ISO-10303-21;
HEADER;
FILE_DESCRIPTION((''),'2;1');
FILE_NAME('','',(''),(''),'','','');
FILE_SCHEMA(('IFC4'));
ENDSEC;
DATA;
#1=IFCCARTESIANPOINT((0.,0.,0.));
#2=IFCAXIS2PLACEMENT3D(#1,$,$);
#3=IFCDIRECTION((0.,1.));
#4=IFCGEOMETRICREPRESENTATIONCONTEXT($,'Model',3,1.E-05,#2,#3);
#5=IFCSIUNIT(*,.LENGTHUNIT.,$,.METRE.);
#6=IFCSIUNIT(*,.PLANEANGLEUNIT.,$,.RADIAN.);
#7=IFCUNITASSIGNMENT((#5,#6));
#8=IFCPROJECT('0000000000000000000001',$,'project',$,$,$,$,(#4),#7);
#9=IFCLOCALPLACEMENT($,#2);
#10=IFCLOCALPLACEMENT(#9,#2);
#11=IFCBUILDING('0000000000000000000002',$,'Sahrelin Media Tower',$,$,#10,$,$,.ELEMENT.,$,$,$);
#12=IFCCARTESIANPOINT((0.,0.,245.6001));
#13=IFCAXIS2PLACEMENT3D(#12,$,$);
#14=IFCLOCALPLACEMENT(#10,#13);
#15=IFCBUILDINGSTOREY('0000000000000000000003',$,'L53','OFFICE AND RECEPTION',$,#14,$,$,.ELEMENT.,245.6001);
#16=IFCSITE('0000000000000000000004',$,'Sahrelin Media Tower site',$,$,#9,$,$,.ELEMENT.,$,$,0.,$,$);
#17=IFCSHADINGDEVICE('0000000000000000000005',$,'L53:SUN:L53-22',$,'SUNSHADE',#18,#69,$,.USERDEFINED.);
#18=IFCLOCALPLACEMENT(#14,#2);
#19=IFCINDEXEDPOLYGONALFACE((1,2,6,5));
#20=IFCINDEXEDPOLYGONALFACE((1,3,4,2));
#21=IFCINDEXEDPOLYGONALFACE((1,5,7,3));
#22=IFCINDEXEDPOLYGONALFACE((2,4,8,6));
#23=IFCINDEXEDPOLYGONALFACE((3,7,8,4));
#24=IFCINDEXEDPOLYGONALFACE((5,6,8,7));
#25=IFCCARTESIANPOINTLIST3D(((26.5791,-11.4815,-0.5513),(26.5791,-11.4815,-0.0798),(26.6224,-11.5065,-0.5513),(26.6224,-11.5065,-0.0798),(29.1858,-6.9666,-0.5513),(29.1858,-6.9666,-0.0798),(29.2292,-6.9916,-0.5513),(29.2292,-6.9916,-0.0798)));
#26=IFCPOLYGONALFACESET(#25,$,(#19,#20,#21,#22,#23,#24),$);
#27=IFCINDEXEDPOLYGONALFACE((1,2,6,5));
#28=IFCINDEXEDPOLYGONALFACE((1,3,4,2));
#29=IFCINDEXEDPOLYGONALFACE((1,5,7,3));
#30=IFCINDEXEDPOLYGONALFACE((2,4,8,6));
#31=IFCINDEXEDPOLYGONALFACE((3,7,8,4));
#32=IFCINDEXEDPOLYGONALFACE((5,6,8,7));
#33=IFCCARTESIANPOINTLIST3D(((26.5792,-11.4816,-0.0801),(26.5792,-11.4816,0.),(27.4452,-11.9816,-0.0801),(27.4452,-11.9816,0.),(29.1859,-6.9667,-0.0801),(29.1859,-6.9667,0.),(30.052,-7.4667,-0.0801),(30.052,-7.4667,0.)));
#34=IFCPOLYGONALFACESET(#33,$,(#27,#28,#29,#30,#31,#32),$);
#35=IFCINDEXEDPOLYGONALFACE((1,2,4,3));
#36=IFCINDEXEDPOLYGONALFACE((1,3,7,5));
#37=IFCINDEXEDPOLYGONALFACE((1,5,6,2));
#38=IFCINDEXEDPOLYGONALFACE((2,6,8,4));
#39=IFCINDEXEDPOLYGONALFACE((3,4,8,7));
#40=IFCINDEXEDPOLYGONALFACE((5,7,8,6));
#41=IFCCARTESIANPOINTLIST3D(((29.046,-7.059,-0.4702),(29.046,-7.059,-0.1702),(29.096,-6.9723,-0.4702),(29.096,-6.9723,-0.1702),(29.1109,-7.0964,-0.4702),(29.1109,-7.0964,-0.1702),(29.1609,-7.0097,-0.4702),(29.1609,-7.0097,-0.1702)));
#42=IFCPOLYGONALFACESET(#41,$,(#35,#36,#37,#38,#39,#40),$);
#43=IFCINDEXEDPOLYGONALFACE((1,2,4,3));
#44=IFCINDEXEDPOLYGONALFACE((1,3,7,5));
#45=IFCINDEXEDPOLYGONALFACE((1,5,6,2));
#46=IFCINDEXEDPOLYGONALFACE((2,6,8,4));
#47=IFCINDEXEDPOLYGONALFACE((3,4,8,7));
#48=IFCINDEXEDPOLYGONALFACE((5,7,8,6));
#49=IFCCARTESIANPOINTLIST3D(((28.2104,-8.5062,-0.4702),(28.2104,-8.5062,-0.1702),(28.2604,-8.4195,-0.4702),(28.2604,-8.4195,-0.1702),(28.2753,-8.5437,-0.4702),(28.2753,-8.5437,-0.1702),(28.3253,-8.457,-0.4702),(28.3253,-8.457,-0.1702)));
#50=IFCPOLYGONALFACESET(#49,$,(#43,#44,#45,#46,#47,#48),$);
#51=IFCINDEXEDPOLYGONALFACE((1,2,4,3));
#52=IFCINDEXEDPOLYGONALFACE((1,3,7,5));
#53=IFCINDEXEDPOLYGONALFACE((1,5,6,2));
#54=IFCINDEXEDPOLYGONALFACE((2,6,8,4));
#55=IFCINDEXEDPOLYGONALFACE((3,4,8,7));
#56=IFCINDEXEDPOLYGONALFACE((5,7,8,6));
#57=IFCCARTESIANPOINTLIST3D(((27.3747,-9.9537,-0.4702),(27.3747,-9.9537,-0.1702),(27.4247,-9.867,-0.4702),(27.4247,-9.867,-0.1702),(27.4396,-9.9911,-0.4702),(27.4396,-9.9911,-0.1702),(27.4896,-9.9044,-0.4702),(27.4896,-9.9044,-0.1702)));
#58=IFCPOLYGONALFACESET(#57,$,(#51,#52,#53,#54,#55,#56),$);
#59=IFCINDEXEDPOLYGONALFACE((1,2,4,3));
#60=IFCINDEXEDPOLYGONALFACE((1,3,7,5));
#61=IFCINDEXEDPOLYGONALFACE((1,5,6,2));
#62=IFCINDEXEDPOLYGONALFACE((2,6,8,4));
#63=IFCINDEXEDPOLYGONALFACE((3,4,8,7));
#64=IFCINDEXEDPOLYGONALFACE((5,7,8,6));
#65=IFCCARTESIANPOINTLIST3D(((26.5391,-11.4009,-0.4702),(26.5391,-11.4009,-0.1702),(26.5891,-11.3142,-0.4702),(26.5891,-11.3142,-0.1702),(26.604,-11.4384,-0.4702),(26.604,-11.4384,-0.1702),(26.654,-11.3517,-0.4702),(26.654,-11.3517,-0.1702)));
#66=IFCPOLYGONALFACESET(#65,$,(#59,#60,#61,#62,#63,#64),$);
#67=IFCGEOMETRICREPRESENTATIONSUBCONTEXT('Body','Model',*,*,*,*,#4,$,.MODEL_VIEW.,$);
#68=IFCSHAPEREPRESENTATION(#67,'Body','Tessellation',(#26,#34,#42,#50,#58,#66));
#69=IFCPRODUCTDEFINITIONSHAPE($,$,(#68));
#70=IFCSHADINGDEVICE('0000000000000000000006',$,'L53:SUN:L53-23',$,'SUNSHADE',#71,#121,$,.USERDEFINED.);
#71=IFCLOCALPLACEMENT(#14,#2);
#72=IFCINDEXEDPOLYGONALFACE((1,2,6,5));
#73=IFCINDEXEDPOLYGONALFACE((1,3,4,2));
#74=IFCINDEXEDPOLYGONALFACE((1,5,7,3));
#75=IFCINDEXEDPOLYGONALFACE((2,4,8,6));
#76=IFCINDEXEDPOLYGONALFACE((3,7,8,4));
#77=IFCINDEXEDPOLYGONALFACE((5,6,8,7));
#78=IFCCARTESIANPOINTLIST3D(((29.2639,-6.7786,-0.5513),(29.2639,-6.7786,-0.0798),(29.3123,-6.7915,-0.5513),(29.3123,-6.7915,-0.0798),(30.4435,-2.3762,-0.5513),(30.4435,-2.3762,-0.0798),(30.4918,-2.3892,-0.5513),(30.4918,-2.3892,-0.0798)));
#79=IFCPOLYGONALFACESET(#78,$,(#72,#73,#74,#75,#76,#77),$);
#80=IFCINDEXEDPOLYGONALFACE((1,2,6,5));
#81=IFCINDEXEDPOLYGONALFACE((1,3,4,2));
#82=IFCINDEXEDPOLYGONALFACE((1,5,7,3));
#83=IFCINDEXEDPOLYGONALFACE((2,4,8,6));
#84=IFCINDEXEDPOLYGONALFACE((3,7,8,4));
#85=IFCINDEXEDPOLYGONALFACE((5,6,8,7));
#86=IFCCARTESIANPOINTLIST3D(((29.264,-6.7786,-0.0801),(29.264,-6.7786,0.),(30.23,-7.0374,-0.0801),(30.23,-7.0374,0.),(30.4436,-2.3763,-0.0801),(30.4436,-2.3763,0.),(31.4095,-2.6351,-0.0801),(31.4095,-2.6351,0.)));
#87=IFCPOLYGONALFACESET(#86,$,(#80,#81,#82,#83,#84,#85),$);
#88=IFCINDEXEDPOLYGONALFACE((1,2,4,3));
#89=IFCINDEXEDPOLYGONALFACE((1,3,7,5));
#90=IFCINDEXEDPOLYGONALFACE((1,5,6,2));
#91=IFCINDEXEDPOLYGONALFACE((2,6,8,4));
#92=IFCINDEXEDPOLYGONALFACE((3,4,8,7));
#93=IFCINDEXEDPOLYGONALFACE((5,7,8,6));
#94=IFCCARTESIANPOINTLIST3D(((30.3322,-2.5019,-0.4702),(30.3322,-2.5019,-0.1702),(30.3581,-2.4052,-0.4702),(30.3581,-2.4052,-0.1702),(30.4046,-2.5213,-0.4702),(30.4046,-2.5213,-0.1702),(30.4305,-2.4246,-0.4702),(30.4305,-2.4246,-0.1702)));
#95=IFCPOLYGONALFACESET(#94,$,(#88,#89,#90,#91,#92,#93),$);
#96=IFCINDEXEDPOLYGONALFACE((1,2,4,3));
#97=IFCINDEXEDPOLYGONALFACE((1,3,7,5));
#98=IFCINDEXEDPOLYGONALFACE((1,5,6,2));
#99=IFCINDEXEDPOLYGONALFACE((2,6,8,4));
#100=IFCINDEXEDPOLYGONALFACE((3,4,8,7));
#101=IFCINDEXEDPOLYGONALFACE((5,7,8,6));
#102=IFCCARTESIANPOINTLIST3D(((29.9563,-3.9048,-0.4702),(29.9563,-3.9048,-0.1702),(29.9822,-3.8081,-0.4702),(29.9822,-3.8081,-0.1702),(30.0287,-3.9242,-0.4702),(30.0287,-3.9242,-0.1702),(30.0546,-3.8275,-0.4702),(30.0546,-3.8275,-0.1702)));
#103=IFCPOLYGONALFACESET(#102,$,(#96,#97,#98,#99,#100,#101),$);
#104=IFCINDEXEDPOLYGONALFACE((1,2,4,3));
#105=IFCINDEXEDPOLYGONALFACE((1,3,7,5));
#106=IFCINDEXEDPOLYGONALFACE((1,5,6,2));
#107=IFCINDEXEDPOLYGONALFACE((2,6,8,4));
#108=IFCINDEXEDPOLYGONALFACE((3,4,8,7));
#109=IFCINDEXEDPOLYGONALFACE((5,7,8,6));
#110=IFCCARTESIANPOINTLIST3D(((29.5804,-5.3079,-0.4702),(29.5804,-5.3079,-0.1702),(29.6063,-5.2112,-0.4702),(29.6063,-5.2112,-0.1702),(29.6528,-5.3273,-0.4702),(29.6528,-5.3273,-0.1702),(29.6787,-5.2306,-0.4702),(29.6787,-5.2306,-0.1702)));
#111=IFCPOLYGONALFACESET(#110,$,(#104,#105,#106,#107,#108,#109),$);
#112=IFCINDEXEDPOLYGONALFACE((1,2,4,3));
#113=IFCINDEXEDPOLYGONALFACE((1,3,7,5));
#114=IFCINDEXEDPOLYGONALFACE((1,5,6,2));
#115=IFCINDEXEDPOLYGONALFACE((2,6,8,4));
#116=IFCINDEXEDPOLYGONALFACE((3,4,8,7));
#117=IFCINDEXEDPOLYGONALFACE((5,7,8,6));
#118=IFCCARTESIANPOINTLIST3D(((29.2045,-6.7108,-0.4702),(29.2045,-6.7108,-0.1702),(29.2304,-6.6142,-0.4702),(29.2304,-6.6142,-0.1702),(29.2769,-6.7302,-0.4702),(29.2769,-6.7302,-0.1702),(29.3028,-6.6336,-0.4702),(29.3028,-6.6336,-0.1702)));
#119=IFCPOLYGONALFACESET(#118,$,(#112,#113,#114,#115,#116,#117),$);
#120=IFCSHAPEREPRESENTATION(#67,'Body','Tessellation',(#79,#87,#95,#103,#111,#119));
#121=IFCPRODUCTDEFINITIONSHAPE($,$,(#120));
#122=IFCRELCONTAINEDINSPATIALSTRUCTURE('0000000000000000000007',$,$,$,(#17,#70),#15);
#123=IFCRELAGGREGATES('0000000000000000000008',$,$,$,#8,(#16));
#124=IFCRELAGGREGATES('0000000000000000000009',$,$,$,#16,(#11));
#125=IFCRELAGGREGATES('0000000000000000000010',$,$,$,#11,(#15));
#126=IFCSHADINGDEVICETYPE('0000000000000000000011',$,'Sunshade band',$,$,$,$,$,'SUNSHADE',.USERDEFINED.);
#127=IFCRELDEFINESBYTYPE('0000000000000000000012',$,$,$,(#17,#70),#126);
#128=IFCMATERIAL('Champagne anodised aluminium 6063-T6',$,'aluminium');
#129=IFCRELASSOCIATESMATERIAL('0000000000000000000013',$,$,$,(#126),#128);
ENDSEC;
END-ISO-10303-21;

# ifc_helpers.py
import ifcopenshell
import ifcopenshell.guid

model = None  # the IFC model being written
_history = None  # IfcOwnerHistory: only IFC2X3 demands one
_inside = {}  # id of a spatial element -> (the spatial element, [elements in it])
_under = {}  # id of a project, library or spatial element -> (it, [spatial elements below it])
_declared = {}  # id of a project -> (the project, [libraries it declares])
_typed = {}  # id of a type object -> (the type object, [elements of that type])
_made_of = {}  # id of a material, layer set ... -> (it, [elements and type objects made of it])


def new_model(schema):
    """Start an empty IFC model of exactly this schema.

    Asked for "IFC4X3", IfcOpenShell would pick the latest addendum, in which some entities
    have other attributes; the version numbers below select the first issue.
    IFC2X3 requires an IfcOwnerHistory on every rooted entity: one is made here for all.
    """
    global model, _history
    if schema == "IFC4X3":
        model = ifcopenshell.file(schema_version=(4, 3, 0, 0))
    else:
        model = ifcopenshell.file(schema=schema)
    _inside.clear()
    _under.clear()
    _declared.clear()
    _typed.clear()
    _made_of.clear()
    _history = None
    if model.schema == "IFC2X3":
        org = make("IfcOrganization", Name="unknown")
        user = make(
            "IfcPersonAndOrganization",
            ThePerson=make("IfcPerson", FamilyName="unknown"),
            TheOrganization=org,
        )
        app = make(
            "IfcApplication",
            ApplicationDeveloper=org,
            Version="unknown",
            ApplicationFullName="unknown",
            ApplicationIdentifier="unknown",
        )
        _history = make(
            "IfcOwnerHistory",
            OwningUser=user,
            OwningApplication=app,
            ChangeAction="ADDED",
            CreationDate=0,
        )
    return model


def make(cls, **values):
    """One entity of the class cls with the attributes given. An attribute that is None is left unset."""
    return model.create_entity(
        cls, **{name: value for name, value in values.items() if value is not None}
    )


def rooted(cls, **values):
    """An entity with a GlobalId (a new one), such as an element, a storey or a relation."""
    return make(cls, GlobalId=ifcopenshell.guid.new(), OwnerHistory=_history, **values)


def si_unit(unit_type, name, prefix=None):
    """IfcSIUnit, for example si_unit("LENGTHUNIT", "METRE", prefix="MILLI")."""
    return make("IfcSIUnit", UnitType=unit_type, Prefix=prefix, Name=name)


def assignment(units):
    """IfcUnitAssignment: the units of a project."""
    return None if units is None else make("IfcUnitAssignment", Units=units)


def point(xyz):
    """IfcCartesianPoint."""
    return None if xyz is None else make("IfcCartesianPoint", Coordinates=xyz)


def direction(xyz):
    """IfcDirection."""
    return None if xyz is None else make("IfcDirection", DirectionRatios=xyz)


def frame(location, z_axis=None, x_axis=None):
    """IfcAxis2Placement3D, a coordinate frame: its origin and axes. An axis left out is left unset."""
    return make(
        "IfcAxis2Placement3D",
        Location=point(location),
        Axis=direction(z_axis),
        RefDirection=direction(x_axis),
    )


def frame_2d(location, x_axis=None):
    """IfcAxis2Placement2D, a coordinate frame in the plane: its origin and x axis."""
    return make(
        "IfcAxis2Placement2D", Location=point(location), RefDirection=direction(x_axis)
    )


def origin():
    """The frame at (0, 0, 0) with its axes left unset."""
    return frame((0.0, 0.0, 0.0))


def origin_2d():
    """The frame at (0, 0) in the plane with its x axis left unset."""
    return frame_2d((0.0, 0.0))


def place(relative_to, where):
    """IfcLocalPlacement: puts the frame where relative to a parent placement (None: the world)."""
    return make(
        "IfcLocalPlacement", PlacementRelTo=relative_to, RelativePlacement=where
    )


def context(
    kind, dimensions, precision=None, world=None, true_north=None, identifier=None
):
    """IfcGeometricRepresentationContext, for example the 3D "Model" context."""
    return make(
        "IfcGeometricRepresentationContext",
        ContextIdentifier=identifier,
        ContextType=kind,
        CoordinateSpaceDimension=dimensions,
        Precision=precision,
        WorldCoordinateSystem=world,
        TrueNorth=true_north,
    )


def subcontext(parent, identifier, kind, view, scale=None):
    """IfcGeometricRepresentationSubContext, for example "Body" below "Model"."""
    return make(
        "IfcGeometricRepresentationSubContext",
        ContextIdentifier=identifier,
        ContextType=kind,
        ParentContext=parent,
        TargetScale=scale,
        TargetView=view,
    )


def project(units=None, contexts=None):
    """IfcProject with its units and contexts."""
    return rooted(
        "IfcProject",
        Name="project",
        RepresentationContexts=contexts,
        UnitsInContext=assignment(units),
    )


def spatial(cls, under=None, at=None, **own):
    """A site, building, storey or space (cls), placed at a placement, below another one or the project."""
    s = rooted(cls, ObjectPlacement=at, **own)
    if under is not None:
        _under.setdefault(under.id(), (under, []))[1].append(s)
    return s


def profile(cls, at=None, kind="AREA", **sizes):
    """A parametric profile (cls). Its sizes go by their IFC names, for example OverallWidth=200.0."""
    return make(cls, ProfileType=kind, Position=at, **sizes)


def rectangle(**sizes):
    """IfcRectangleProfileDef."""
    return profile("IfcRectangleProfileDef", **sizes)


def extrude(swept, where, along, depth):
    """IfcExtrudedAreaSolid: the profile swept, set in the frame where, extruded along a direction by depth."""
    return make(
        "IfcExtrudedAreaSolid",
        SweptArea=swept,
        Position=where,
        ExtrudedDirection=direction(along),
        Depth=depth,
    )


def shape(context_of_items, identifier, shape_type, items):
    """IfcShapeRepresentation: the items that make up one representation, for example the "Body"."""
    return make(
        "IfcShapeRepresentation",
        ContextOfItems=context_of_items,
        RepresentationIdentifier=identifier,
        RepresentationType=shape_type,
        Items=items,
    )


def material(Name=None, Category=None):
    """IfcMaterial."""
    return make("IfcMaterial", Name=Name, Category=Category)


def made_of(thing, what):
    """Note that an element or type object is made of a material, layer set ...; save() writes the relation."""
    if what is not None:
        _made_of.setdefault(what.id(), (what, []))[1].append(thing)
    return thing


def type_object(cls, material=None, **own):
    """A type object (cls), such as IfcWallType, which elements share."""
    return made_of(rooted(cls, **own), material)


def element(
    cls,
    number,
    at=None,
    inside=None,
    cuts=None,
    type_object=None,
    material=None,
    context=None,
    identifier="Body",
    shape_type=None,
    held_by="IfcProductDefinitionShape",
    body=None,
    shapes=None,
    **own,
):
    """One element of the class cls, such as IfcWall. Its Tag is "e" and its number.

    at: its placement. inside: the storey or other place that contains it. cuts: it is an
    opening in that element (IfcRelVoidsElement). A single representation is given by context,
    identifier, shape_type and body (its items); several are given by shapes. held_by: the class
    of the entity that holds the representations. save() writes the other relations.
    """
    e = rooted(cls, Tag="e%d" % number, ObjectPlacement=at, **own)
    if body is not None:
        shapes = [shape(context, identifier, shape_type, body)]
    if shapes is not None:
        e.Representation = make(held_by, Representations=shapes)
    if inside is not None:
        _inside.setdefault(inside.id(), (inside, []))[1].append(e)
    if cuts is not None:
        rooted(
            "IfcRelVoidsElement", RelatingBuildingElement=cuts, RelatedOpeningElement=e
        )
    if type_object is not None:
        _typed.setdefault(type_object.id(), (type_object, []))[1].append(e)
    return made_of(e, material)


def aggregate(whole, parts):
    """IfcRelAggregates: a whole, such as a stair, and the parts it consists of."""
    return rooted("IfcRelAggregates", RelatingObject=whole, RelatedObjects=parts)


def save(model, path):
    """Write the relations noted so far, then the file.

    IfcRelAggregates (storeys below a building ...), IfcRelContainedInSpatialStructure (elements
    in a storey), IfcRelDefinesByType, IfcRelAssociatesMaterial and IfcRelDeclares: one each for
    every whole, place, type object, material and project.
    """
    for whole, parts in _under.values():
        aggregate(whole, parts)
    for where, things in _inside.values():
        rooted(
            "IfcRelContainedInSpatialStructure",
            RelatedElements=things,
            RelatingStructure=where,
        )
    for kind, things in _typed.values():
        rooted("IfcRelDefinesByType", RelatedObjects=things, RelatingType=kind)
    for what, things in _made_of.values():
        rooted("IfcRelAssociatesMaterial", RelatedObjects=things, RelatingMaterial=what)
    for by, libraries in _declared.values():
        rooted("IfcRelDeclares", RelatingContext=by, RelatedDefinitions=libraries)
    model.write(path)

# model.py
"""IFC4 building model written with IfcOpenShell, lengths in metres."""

from ifc_helpers import new_model, si_unit, direction, frame, origin, origin_2d, place, context, subcontext, project, spatial, rectangle, extrude, material, type_object, element, save


model = new_model("IFC4")

# Units and contexts
model_context = context("Model", 3, precision=1e-05, world=origin(), true_north=direction((0.0, 1.0)))
body_context = subcontext(model_context, "Body", "Model", "MODEL_VIEW")
ifc_project = project(units=[si_unit("LENGTHUNIT", "METRE"), si_unit("PLANEANGLEUNIT", "RADIAN")], contexts=[model_context])

# Site, building, storey
site_placement = place(None, origin())
site = spatial("IfcSite", under=ifc_project, at=site_placement, Name="Sahrelin Media Tower site", CompositionType="ELEMENT", RefElevation=0.0)
building_placement = place(site_placement, origin())
building = spatial("IfcBuilding", under=site, at=building_placement, Name="Sahrelin Media Tower", CompositionType="ELEMENT")
storey_placement = place(building_placement, frame((0.0, 0.0, 245.6001)))
storey = spatial("IfcBuildingStorey", under=building, at=storey_placement, Name="L53", Description="OFFICE AND RECEPTION", CompositionType="ELEMENT", Elevation=245.6001)

# Shared definitions
ifc_material_1 = material(Name="Champagne anodised aluminium 6063-T6", Category="aluminium")

# Shading devices
placement_1 = place(storey_placement, frame((27.8652, -9.2141, 0.0), z_axis=(0.0, 0.0, 1.0), x_axis=(-0.500011, -0.866019, 0.0)))
placement_2 = place(storey_placement, frame((29.8345, -4.5723, 0.0), z_axis=(0.0, 0.0, 1.0), x_axis=(-0.258808, -0.965929, 0.0)))
shading_device_type_1 = type_object("IfcShadingDeviceType", Name="Sunshade band", ElementType="SUNSHADE", PredefinedType="USERDEFINED", material=ifc_material_1)
element("IfcShadingDevice", 1, at=placement_1, inside=storey, type_object=shading_device_type_1, Name="L53:SUN:L53-22", ObjectType="SUNSHADE", PredefinedType="USERDEFINED", context=body_context, shape_type="SweptSolid", body=[
    extrude(rectangle(XDim=5.2134, YDim=0.05, at=origin_2d()), frame((0.0, 0.0449, -0.5513)), (0.0, 0.0, 1.0), 0.4714),
    extrude(rectangle(XDim=5.2134, YDim=1.0, at=origin_2d()), frame((0.0, 0.52, -0.0801)), (0.0, 0.0, 1.0), 0.0801),
    extrude(rectangle(XDim=0.1001, YDim=0.075, at=origin_2d()), frame((-2.5068, -0.0176, -0.4702)), (0.0, 0.0, 1.0), 0.3),
    extrude(rectangle(XDim=0.1001, YDim=0.075, at=origin_2d()), frame((-0.8357, -0.0176, -0.4702)), (0.0, 0.0, 1.0), 0.3),
    extrude(rectangle(XDim=0.1001, YDim=0.075, at=origin_2d()), frame((0.8357, -0.0176, -0.4702)), (0.0, 0.0, 1.0), 0.3),
    extrude(rectangle(XDim=0.1001, YDim=0.075, at=origin_2d()), frame((2.5068, -0.0176, -0.4702)), (0.0, 0.0, 1.0), 0.3),
])
element("IfcShadingDevice", 2, at=placement_2, inside=storey, type_object=shading_device_type_1, Name="L53:SUN:L53-23", ObjectType="SUNSHADE", PredefinedType="USERDEFINED", context=body_context, shape_type="SweptSolid", body=[
    extrude(rectangle(XDim=4.5576, YDim=0.05, at=origin_2d()), frame((0.0, 0.0449, -0.5513)), (0.0, 0.0, 1.0), 0.4714),
    extrude(rectangle(XDim=4.5576, YDim=1.0, at=origin_2d()), frame((0.0, 0.52, -0.0801)), (0.0, 0.0, 1.0), 0.0801),
    extrude(rectangle(XDim=0.1001, YDim=0.075, at=origin_2d()), frame((-2.1787, -0.0176, -0.4702)), (0.0, 0.0, 1.0), 0.3),
    extrude(rectangle(XDim=0.1001, YDim=0.075, at=origin_2d()), frame((-0.7263, -0.0176, -0.4702)), (0.0, 0.0, 1.0), 0.3),
    extrude(rectangle(XDim=0.1001, YDim=0.075, at=origin_2d()), frame((0.7263, -0.0176, -0.4702)), (0.0, 0.0, 1.0), 0.3),
    extrude(rectangle(XDim=0.1001, YDim=0.075, at=origin_2d()), frame((2.1787, -0.0176, -0.4702)), (0.0, 0.0, 1.0), 0.3),
])

save(model, "model.ifc")
